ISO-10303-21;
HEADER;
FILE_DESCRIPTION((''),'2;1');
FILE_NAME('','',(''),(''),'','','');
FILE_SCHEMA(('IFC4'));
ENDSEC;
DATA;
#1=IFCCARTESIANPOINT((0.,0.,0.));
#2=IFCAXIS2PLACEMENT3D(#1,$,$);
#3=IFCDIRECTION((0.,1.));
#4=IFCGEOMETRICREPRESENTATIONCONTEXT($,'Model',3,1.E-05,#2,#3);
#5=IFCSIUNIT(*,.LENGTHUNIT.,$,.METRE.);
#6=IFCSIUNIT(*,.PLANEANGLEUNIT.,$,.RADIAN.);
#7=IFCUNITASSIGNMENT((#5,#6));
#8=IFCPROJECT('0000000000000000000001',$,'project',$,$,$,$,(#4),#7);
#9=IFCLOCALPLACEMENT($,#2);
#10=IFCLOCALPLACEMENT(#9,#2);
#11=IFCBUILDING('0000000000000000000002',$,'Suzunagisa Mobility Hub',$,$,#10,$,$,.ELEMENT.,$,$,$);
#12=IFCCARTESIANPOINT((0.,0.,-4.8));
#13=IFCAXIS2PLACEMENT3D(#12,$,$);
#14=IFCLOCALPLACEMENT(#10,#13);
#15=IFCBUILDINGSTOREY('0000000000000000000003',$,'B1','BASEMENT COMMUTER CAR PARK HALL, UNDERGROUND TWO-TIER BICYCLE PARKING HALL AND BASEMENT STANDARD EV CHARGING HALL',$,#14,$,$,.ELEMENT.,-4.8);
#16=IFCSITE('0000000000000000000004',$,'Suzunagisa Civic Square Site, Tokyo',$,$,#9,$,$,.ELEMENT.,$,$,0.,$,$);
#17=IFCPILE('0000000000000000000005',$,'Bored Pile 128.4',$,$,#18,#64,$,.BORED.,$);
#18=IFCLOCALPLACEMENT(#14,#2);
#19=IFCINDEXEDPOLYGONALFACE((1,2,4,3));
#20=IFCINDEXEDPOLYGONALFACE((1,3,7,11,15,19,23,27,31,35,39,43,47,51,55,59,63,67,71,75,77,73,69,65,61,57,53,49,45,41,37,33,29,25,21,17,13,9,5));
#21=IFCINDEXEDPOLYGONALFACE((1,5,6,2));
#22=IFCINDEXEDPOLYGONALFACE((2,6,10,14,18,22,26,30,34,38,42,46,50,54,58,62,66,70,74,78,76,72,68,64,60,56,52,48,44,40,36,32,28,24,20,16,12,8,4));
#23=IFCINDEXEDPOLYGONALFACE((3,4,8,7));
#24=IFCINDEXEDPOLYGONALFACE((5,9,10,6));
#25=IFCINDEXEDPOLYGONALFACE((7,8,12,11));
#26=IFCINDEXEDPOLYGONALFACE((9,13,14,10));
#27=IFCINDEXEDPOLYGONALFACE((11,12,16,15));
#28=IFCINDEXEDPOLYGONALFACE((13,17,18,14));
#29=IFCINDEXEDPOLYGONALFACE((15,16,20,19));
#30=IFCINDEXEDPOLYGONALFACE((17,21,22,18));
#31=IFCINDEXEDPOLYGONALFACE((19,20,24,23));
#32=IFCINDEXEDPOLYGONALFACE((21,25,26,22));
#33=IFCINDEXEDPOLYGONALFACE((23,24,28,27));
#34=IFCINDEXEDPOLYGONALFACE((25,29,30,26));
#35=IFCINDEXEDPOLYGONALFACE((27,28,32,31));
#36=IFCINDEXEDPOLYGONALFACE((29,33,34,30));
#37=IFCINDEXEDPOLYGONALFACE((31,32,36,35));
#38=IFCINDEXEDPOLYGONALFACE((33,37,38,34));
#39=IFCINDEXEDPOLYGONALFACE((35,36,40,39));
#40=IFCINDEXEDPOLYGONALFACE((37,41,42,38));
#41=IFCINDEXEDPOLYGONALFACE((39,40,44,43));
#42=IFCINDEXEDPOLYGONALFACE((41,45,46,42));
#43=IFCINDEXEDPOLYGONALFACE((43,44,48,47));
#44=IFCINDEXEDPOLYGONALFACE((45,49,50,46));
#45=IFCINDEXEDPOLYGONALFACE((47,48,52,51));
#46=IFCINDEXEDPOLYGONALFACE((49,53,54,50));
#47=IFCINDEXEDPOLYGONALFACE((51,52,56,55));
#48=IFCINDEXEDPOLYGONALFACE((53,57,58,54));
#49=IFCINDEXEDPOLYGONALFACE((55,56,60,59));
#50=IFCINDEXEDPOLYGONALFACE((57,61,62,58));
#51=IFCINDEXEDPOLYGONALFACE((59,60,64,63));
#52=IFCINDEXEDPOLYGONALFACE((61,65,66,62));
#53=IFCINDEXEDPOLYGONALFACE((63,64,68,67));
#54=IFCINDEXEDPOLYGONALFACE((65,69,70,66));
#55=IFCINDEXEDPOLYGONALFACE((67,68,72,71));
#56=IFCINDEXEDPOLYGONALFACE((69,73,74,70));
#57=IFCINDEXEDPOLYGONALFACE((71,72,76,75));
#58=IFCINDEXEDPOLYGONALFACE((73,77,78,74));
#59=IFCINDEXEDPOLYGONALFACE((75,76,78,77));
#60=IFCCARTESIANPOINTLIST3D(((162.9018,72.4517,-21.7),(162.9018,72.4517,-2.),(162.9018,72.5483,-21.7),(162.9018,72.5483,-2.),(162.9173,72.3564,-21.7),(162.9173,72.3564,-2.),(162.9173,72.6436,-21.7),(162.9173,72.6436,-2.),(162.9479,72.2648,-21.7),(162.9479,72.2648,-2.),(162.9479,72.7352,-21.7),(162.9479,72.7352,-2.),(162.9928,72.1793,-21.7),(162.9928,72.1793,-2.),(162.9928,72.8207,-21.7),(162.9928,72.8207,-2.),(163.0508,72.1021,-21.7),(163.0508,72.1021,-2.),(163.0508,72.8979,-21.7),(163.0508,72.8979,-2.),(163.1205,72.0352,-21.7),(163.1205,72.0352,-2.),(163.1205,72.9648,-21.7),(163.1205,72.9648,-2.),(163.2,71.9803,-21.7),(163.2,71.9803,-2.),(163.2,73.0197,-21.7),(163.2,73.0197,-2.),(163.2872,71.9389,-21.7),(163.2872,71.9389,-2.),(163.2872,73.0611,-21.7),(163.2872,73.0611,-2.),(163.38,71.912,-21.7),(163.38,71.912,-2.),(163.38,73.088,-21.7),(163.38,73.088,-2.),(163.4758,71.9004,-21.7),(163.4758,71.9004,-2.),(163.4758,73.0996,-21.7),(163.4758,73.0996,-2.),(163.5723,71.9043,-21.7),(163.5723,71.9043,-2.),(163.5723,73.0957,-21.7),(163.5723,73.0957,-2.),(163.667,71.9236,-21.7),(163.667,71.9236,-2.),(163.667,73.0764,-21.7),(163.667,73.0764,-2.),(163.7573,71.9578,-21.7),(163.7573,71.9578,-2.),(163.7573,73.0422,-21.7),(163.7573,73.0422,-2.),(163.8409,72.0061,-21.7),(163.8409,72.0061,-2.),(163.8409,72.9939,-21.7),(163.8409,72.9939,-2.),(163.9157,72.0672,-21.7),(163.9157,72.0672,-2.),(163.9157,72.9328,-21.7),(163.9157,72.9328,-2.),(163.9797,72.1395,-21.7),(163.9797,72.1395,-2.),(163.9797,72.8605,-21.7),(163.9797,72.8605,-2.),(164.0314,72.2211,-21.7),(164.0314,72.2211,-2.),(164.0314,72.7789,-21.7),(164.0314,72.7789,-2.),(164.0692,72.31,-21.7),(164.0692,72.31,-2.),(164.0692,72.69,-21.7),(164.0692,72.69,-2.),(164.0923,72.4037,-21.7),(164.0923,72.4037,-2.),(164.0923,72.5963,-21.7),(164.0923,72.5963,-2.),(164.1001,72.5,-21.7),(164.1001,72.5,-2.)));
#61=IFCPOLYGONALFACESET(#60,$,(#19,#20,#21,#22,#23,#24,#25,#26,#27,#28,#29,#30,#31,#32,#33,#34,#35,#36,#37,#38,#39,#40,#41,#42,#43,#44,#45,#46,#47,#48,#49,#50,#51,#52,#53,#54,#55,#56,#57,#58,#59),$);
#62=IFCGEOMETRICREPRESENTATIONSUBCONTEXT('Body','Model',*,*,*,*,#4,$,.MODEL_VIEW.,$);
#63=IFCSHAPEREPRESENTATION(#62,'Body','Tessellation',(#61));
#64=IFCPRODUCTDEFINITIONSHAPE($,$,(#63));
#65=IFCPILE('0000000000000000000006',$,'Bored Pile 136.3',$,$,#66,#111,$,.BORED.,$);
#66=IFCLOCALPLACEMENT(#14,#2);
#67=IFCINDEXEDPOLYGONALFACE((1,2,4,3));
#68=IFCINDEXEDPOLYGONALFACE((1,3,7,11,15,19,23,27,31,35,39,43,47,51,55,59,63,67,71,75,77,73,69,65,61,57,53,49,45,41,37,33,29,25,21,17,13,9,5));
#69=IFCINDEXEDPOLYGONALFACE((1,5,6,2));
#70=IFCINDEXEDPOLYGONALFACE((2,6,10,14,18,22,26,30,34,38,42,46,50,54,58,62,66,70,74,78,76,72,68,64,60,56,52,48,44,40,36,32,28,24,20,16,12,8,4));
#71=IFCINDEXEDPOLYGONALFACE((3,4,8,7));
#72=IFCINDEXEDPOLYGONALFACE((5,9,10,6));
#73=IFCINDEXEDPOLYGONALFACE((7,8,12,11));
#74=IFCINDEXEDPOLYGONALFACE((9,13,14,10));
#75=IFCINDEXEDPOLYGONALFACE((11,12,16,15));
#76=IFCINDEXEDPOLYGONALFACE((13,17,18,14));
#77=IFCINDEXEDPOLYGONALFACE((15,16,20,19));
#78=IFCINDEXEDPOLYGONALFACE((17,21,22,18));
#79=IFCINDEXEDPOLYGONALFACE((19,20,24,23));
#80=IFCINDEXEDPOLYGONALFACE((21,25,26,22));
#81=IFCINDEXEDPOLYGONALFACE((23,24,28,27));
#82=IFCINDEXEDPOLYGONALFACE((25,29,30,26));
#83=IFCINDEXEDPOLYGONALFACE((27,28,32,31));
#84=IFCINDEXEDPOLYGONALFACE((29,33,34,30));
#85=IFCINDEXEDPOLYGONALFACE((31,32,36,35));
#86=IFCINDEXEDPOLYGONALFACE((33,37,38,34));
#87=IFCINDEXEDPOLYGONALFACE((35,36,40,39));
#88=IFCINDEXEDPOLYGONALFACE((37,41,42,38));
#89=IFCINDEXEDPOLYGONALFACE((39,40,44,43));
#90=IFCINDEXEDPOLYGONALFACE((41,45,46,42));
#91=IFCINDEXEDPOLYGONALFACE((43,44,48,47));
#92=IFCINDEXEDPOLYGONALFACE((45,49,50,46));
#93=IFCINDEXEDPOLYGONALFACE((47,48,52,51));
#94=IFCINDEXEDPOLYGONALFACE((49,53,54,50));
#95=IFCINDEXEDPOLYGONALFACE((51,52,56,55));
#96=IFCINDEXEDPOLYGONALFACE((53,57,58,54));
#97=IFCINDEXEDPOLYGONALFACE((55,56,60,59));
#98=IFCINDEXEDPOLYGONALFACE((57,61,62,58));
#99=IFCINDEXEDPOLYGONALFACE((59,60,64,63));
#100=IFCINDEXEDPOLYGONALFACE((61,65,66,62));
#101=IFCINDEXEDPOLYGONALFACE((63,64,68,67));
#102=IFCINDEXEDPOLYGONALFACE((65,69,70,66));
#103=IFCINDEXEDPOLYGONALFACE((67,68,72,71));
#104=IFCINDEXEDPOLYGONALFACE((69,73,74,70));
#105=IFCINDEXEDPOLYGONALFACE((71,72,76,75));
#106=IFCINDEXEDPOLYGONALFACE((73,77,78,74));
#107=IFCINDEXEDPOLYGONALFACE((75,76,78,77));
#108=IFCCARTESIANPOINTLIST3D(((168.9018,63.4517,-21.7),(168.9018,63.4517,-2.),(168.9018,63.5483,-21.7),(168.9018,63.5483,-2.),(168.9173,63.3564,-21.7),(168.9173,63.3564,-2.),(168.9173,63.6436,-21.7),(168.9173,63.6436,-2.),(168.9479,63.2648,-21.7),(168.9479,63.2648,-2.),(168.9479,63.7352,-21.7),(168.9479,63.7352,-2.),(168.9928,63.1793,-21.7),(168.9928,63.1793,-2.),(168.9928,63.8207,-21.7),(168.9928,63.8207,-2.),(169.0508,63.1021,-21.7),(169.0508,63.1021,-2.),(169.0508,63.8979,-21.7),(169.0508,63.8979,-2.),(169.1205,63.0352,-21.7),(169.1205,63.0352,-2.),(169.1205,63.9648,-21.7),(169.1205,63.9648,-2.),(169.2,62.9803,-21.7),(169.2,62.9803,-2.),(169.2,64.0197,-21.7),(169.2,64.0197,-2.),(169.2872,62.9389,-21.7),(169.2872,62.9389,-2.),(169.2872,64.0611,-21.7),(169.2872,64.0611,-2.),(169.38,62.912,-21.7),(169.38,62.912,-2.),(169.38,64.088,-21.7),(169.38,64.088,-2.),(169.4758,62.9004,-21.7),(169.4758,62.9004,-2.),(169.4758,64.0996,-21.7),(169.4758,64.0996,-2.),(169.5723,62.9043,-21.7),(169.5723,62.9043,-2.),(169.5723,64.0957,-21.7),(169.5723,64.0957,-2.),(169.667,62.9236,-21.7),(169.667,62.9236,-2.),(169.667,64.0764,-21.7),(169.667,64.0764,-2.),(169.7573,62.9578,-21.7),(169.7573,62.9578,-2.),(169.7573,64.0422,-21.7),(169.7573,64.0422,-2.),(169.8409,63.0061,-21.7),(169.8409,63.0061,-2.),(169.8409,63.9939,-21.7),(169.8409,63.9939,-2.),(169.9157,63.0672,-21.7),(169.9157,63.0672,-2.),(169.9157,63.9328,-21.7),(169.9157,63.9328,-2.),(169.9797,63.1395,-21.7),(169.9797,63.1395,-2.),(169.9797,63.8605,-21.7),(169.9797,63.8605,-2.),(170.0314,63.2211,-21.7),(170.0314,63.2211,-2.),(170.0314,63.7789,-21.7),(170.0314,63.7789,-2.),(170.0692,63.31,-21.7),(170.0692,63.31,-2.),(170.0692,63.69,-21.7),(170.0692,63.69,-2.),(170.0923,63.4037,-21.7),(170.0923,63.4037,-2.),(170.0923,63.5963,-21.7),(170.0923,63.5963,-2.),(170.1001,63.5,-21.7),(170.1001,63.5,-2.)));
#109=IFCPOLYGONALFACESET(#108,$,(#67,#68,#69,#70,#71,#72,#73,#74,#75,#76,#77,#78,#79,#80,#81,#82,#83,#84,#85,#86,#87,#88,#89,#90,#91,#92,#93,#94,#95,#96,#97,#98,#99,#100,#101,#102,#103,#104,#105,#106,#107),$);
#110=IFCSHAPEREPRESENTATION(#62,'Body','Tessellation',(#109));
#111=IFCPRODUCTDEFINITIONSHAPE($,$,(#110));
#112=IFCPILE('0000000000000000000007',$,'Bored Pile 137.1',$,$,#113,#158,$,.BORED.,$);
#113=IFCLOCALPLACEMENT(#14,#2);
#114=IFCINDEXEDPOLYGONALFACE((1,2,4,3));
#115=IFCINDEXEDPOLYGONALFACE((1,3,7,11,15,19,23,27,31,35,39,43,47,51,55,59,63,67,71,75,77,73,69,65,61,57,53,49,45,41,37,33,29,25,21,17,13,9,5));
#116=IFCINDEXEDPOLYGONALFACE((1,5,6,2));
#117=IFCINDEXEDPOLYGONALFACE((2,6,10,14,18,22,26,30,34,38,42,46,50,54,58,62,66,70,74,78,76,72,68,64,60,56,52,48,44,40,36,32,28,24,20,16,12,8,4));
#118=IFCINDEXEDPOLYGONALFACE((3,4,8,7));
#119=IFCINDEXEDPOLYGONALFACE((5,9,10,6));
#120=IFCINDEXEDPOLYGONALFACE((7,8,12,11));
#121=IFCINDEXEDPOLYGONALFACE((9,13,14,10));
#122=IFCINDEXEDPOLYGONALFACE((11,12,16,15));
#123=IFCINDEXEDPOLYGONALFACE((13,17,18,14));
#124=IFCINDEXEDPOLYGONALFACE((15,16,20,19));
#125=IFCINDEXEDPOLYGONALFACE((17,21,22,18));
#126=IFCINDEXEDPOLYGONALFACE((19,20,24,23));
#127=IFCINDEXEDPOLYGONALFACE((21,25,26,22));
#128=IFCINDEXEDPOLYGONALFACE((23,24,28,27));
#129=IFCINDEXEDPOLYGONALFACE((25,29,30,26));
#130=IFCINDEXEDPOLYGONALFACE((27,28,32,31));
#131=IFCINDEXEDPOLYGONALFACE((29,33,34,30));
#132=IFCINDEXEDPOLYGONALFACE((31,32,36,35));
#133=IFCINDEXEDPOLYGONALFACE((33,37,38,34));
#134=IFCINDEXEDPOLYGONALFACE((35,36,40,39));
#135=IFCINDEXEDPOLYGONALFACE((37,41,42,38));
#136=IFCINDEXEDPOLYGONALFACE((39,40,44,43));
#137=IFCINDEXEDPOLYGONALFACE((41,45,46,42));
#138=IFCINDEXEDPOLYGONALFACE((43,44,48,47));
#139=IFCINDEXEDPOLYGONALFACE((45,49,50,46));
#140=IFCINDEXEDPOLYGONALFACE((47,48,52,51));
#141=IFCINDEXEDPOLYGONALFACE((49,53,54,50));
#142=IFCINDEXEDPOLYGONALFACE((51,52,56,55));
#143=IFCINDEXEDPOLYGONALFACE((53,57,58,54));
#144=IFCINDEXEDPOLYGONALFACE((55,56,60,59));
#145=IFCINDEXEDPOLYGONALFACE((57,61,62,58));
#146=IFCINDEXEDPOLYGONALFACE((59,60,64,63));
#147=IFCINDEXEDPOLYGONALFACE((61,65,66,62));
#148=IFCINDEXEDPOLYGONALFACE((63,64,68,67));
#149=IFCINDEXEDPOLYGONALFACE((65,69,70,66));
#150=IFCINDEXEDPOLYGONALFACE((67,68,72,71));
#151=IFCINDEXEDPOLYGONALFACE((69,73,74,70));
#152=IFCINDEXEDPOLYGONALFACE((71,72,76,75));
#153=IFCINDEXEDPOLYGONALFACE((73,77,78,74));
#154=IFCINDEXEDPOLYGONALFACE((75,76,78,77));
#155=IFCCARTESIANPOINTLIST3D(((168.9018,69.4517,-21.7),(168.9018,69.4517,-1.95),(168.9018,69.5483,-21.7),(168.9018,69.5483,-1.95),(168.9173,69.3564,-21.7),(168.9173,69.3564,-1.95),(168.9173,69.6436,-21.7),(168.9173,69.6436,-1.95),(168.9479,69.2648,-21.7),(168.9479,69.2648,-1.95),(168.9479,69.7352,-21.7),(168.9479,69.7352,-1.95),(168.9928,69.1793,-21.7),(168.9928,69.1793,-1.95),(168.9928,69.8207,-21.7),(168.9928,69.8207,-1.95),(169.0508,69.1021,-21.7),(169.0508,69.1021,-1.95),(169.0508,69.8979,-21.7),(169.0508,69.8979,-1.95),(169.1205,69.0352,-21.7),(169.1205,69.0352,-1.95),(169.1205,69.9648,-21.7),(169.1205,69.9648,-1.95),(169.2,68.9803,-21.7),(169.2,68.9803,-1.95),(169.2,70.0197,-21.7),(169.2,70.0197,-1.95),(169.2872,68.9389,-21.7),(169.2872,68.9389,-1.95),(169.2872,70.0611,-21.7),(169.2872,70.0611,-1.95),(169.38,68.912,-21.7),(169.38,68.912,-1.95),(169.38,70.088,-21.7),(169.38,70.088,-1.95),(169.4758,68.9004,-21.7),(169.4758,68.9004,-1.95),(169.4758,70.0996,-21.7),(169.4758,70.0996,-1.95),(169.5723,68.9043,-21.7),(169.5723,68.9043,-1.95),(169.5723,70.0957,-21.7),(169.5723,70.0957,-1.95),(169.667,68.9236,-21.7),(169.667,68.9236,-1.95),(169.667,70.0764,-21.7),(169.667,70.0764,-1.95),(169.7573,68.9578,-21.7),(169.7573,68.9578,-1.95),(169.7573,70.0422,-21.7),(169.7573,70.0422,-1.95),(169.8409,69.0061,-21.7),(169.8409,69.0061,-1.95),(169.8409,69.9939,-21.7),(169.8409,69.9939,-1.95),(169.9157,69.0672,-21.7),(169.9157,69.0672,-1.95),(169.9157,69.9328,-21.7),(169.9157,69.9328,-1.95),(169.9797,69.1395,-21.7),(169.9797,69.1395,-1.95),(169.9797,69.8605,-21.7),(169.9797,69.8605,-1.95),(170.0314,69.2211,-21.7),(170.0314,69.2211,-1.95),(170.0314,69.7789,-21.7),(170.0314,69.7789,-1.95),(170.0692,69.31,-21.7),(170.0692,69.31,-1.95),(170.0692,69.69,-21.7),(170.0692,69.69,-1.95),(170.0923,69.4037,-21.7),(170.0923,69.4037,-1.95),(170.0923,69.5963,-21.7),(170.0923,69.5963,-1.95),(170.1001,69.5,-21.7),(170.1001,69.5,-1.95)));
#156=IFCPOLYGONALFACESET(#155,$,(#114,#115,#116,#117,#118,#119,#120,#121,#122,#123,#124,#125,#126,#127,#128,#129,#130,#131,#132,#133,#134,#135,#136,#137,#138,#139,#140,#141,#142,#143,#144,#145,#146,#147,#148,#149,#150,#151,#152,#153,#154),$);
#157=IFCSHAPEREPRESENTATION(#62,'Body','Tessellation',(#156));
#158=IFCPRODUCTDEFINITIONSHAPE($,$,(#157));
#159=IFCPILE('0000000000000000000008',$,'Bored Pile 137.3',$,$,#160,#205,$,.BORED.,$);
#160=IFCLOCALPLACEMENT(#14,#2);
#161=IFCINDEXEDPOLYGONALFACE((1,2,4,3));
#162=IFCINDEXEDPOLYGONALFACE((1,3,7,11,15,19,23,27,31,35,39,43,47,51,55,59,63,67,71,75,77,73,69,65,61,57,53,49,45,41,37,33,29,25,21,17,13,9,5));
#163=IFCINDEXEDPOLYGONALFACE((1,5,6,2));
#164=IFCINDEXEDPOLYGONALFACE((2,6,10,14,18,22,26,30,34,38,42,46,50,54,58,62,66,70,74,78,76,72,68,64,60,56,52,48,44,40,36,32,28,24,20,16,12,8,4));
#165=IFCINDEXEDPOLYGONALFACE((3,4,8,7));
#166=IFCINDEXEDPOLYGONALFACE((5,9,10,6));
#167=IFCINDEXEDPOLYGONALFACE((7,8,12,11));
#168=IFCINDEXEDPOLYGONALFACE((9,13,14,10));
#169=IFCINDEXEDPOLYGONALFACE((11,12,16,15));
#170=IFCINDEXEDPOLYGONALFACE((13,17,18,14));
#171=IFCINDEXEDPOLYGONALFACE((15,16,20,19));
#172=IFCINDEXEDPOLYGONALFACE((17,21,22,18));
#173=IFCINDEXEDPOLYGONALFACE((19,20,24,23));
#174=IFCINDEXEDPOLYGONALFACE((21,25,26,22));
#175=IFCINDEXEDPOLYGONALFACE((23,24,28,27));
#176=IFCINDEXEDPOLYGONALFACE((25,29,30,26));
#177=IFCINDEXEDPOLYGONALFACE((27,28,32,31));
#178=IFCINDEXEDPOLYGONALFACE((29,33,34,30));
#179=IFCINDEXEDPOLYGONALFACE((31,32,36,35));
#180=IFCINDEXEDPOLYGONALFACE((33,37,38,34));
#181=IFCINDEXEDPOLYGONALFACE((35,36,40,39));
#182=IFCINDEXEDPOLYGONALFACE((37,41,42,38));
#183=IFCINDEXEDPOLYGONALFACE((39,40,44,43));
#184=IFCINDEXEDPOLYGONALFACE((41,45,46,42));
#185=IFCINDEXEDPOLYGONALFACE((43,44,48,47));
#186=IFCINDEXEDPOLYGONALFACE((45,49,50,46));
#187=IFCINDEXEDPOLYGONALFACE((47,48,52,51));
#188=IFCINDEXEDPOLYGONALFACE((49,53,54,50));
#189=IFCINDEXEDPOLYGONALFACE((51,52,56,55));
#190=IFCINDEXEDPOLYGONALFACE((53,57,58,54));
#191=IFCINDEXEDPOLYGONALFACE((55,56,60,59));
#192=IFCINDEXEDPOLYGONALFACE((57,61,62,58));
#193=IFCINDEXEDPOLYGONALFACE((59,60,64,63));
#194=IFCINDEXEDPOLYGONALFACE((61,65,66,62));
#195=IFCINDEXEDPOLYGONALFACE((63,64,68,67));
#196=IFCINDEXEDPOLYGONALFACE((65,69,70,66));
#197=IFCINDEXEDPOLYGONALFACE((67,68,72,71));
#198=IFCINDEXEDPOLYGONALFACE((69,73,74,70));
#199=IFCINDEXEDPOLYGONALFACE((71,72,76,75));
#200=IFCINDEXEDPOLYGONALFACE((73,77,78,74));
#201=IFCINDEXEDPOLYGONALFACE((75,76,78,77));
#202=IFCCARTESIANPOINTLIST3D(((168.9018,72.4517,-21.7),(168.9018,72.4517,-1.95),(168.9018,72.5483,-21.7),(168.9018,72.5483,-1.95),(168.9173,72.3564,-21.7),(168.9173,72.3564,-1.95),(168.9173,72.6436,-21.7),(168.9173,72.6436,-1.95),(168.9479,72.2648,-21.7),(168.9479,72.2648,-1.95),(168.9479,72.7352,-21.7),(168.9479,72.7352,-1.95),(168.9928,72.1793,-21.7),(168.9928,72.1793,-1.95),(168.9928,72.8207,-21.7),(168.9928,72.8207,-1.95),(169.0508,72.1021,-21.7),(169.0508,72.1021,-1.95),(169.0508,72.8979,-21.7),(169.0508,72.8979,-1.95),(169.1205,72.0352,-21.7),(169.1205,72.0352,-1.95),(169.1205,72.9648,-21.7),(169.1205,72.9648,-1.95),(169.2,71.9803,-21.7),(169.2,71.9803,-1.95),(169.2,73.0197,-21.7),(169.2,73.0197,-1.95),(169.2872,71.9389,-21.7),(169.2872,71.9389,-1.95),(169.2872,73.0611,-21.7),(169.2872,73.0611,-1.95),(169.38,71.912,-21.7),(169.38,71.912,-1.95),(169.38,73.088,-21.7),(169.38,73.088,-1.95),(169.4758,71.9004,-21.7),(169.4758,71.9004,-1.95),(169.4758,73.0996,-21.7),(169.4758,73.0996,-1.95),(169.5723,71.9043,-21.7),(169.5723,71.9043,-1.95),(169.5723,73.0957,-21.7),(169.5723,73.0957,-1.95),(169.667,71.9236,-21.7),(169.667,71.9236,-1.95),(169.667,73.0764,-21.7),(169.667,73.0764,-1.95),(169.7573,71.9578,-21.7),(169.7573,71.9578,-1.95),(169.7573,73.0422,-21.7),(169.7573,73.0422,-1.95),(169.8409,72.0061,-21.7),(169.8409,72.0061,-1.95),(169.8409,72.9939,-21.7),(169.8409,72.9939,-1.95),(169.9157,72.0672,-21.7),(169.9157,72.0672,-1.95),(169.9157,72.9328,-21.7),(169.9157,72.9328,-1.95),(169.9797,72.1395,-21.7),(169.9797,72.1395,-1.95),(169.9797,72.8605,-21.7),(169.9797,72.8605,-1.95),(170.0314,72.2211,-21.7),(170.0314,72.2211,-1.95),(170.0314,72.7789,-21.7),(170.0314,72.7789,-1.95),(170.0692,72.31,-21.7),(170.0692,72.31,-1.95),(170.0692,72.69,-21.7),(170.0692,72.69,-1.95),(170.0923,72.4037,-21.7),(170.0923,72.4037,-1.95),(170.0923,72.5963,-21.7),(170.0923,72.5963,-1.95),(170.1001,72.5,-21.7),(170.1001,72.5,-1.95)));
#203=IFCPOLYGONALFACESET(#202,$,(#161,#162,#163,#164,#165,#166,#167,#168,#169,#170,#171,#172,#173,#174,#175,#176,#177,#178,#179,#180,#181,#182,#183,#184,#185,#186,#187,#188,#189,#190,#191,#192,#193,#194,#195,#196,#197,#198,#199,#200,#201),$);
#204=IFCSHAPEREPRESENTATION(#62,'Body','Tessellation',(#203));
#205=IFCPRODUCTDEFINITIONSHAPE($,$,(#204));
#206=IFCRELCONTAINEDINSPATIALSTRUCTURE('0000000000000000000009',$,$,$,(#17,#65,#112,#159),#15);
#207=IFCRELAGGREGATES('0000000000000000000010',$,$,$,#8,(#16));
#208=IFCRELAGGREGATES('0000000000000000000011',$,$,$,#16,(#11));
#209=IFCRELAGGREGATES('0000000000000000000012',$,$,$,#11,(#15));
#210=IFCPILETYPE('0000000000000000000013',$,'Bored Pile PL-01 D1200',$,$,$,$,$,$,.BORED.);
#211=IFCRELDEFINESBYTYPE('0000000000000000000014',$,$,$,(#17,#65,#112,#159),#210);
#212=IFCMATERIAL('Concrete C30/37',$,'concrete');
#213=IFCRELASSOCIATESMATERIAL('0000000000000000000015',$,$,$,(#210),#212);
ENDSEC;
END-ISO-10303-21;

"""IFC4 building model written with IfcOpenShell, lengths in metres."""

from ifc_helpers import new_model, si_unit, direction, frame, origin, origin_2d, place, context, subcontext, project, spatial, circle, extrude, material, material_profile, profile_set, type_object, element, save


model = new_model("IFC4")

# Units and contexts
model_context = context("Model", 3, precision=1e-05, world=origin(), true_north=direction((0.0, 1.0)))
body_context = subcontext(model_context, "Body", "Model", "MODEL_VIEW")
ifc_project = project(units=[si_unit("LENGTHUNIT", "METRE"), si_unit("PLANEANGLEUNIT", "RADIAN")], contexts=[model_context])

# Site, building, storey
site_placement = place(None, origin())
site = spatial("IfcSite", under=ifc_project, at=site_placement, Name="Suzunagisa Civic Square Site, Tokyo", CompositionType="ELEMENT", RefElevation=0.0)
building_placement = place(site_placement, origin())
building = spatial("IfcBuilding", under=site, at=building_placement, Name="Suzunagisa Mobility Hub", CompositionType="ELEMENT")
storey_placement = place(building_placement, frame((0.0, 0.0, -4.8)))
storey = spatial("IfcBuildingStorey", under=building, at=storey_placement, Name="B1", Description="BASEMENT COMMUTER CAR PARK HALL, UNDERGROUND TWO-TIER BICYCLE PARKING HALL AND BASEMENT STANDARD EV CHARGING HALL", CompositionType="ELEMENT", Elevation=-4.8)

# Piles
ifc_material_1 = material(Name="Concrete C30/37", Category="concrete")
ifc_material_profile_1 = material_profile(ifc_material_1, circle(Radius=0.6001, at=origin_2d()), Name="BORED PILE D1200")
ifc_profile_set_1 = profile_set([ifc_material_profile_1], Name="Concrete C30/37")
pile_type = type_object("IfcPileType", Name="Bored Pile PL-01 D1200", PredefinedType="BORED", material=ifc_profile_set_1)
for number, where, z_axis, x_axis, name in (
    (1, (163.5, 72.5, -2.0), (0.0, 0.0, -1.0), (1.0, 0.0, 0.0), "Bored Pile 128.4"),
    (2, (169.5, 63.5, -2.0), (0.0, 0.0, -1.0), (1.0, 0.0, 0.0), "Bored Pile 136.3"),
):
    element("IfcPile", number, at=place(storey_placement, frame(where, z_axis=z_axis, x_axis=x_axis)), inside=storey, type_object=pile_type, Name=name, PredefinedType="BORED", context=body_context, shape_type="SweptSolid", body=[
        extrude(circle(Radius=0.6001, at=origin_2d()), origin(), (0.0, 0.0, 1.0), 19.7),
    ])
for number, where, z_axis, x_axis, name in (
    (3, (169.5, 69.5, -1.95), (0.0, 0.0, -1.0), (1.0, 0.0, 0.0), "Bored Pile 137.1"),
    (4, (169.5, 72.5, -1.95), (0.0, 0.0, -1.0), (1.0, 0.0, 0.0), "Bored Pile 137.3"),
):
    element("IfcPile", number, at=place(storey_placement, frame(where, z_axis=z_axis, x_axis=x_axis)), inside=storey, type_object=pile_type, Name=name, PredefinedType="BORED", context=body_context, shape_type="SweptSolid", body=[
        extrude(circle(Radius=0.6001, at=origin_2d()), origin(), (0.0, 0.0, 1.0), 19.75),
    ])

save(model, "model.ifc")
